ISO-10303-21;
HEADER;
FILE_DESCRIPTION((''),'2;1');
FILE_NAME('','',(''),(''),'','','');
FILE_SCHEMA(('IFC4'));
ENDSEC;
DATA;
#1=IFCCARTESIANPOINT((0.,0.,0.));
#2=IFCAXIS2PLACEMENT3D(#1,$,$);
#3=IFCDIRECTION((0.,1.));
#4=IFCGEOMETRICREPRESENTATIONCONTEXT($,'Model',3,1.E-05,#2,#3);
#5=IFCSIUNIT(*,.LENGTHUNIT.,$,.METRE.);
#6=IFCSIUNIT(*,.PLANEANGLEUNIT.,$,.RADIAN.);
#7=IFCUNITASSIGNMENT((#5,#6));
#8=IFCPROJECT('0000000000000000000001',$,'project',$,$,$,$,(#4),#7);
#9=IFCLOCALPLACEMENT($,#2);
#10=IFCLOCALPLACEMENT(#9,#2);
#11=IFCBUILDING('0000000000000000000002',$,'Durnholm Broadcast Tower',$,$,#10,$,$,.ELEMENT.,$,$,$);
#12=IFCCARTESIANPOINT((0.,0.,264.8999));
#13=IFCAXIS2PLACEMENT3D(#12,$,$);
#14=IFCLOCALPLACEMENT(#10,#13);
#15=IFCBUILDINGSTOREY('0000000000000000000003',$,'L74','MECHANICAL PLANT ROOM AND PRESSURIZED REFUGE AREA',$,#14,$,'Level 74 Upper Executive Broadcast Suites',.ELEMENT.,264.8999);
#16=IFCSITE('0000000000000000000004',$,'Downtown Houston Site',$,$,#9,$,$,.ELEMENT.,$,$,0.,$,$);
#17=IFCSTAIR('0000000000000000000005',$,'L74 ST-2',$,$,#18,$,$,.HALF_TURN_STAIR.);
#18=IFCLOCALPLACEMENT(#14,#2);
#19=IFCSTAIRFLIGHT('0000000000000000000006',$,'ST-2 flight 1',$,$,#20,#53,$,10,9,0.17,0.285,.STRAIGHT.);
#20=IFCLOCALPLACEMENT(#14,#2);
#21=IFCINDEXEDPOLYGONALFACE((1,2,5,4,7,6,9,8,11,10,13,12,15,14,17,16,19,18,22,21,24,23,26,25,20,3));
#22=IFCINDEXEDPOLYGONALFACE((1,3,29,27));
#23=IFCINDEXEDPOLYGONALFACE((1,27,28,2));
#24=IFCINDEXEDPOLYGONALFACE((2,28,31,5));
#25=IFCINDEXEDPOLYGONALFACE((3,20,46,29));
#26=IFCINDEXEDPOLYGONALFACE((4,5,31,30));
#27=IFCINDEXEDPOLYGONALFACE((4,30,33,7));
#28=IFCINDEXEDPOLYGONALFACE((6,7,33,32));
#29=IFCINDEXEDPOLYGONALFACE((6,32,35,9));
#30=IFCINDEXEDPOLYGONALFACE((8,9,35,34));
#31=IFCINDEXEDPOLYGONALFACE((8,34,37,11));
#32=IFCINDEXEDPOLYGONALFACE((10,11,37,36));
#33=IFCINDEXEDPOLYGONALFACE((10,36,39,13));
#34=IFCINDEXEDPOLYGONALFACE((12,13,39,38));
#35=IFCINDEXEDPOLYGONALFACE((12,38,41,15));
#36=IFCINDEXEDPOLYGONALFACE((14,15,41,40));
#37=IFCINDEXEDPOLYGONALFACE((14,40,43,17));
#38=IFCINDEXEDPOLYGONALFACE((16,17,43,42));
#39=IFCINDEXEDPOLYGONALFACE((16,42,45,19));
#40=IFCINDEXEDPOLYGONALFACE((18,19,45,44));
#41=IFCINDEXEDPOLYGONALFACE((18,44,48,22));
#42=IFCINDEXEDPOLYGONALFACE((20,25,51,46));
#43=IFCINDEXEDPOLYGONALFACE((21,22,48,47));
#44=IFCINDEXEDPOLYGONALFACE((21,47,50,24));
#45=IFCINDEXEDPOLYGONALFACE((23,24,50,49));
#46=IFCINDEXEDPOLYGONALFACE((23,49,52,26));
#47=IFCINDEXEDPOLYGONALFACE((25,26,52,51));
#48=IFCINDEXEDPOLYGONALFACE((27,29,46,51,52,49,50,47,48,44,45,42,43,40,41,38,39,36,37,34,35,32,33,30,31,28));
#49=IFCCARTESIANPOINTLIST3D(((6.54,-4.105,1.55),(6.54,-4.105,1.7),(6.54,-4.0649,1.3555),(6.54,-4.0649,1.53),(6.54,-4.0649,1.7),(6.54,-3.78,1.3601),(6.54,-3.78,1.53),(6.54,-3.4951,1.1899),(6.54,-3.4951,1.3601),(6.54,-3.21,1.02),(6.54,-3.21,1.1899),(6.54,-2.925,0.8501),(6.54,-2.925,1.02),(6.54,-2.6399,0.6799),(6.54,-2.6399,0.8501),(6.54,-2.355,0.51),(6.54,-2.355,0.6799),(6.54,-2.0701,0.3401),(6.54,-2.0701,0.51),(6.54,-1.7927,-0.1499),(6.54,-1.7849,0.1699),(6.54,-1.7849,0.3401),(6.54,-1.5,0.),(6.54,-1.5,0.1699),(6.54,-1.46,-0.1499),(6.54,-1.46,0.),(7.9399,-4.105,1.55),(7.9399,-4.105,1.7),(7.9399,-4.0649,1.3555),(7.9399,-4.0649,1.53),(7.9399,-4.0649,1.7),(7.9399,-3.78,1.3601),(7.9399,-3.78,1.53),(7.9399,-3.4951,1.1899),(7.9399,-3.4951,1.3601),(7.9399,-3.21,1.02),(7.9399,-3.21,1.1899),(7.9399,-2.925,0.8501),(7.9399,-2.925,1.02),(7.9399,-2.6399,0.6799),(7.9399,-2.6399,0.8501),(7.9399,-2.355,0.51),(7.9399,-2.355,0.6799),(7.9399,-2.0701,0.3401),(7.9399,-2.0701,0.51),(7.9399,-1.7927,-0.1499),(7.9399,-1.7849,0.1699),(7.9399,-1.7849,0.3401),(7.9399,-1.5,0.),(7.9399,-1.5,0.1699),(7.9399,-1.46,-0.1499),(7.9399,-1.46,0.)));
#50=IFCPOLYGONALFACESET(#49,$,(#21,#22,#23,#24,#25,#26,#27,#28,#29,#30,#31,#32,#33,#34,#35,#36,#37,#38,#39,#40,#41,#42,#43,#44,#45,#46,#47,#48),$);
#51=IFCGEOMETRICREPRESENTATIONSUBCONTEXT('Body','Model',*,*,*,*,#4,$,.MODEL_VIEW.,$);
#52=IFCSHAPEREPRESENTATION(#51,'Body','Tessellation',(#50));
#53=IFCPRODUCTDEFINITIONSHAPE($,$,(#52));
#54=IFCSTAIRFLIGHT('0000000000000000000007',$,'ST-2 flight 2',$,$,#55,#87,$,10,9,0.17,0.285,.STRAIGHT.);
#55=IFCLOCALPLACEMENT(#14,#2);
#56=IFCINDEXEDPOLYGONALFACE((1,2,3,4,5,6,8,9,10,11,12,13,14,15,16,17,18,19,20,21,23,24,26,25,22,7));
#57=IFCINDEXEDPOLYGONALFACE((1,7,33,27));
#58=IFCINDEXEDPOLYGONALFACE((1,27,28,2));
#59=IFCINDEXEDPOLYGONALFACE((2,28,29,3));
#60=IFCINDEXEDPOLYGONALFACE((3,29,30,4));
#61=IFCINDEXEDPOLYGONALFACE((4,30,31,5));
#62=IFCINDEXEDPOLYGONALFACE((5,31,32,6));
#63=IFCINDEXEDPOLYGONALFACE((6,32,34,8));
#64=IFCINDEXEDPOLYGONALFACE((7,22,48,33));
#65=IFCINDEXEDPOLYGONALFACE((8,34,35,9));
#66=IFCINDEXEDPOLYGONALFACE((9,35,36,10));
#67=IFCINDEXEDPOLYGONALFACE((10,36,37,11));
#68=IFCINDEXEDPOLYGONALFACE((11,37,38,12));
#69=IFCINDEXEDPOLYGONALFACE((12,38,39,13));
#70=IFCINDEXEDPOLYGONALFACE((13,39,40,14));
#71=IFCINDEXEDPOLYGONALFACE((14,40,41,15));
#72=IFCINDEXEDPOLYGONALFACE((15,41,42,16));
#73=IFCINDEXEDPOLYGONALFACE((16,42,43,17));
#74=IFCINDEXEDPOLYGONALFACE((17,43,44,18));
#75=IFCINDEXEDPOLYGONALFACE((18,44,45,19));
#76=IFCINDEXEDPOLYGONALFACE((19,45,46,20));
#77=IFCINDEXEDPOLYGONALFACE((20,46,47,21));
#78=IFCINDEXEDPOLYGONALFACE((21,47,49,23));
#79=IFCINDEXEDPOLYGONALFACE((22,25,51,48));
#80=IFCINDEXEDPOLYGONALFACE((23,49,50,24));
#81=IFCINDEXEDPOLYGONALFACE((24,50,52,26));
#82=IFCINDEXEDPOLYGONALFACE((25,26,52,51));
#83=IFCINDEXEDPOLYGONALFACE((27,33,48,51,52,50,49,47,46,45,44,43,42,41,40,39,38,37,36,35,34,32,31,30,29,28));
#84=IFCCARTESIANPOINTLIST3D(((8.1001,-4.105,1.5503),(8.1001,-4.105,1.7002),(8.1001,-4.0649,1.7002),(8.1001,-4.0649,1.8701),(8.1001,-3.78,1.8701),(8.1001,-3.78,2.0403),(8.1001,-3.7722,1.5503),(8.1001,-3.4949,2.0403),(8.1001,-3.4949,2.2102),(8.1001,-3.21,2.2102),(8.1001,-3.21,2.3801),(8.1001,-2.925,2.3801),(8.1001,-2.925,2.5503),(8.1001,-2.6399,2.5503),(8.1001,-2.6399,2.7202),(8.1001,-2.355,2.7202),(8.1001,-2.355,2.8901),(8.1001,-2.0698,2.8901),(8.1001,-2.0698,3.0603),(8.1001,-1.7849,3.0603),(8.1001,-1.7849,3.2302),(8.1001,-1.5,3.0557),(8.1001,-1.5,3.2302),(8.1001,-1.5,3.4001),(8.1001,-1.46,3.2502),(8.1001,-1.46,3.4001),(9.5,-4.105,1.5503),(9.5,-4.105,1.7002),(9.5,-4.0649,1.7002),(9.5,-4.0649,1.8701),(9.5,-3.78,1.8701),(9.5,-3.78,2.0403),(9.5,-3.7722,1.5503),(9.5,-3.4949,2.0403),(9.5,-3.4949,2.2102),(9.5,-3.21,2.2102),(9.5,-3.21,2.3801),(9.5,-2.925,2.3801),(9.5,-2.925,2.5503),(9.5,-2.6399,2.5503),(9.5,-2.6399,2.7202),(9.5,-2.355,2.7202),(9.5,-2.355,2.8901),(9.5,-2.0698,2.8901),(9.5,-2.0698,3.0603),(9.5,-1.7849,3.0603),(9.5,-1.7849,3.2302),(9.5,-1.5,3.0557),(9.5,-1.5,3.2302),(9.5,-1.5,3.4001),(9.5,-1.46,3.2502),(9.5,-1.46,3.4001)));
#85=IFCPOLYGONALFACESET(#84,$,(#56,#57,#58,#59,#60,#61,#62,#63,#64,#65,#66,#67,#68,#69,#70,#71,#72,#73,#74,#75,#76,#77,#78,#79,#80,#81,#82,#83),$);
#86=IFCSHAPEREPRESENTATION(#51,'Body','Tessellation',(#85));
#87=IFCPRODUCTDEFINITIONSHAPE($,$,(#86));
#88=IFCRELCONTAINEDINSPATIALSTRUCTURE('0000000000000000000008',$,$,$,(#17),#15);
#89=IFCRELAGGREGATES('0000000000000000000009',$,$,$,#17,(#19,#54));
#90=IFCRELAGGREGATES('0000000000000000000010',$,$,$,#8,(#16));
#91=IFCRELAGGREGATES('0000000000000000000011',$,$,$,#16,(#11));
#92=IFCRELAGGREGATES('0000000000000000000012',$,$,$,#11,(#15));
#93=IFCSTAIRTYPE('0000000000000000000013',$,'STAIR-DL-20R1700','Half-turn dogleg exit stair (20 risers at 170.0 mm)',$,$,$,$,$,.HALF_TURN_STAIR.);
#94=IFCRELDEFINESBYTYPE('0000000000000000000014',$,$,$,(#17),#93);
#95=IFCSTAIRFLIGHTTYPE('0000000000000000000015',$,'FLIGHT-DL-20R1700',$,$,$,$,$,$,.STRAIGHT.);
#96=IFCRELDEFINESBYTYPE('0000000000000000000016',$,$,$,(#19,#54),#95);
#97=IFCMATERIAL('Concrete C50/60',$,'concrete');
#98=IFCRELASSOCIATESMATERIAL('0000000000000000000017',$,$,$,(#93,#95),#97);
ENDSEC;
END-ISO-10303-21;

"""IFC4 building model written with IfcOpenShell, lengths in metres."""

from ifc_helpers import new_model, si_unit, direction, frame, origin, place, context, subcontext, project, spatial, polyline, outline, extrude, material, type_object, element, aggregate, save


model = new_model("IFC4")

# Units and contexts
model_context = context("Model", 3, precision=1e-05, world=origin(), true_north=direction((0.0, 1.0)))
body_context = subcontext(model_context, "Body", "Model", "MODEL_VIEW")
ifc_project = project(units=[si_unit("LENGTHUNIT", "METRE"), si_unit("PLANEANGLEUNIT", "RADIAN")], contexts=[model_context])

# Site, building, storey
site_placement = place(None, origin())
site = spatial("IfcSite", under=ifc_project, at=site_placement, Name="Downtown Houston Site", CompositionType="ELEMENT", RefElevation=0.0)
building_placement = place(site_placement, origin())
building = spatial("IfcBuilding", under=site, at=building_placement, Name="Durnholm Broadcast Tower", CompositionType="ELEMENT")
storey_placement = place(building_placement, frame((0.0, 0.0, 264.8999)))
storey = spatial("IfcBuildingStorey", under=building, at=storey_placement, Name="L74", Description="MECHANICAL PLANT ROOM AND PRESSURIZED REFUGE AREA", LongName="Level 74 Upper Executive Broadcast Suites", CompositionType="ELEMENT", Elevation=264.8999)

# Shared definitions
ifc_material_1 = material(Name="Concrete C50/60", Category="concrete")

# Stair, stair flights
stair_type = type_object("IfcStairType", Name="STAIR-DL-20R1700", Description="Half-turn dogleg exit stair (20 risers at 170.0 mm)", PredefinedType="HALF_TURN_STAIR", material=ifc_material_1)
stair_placement = place(storey_placement, origin())
stair = element("IfcStair", 1, at=stair_placement, inside=storey, type_object=stair_type, Name="L74 ST-2", PredefinedType="HALF_TURN_STAIR")
stair_flight_type = type_object("IfcStairFlightType", Name="FLIGHT-DL-20R1700", PredefinedType="STRAIGHT", material=ifc_material_1)
stair_flight_1_placement = place(storey_placement, frame((7.24, -1.5, 0.0), z_axis=(0.0, 0.0, 1.0), x_axis=(0.0, -1.0, 0.0)))
stair_flight_1 = element("IfcStairFlight", 2, at=stair_flight_1_placement, type_object=stair_flight_type, Name="ST-2 flight 1", NumberOfRisers=10, NumberOfTreads=9, PredefinedType="STRAIGHT", RiserHeight=0.17, TreadLength=0.285, context=body_context, shape_type="SweptSolid", body=[
    extrude(outline(polyline([(-0.04, -0.1499), (-0.04, 0.0), (0.0, 0.0), (0.0, 0.1699), (0.2849, 0.1699), (0.2849, 0.3401), (0.5701, 0.3401), (0.5701, 0.51), (0.855, 0.51), (0.855, 0.6799), (1.1399, 0.6799), (1.1399, 0.8501), (1.425, 0.8501), (1.425, 1.02), (1.71, 1.02), (1.71, 1.1899), (1.9951, 1.1899), (1.9951, 1.3601), (2.28, 1.3601), (2.28, 1.53), (2.5649, 1.53), (2.5649, 1.7), (2.605, 1.7), (2.605, 1.55), (2.5649, 1.3555), (0.2927, -0.1499), (-0.04, -0.1499)])), frame((0.0, 0.7, 0.0), z_axis=(0.0, -1.0, 0.0), x_axis=(1.0, 0.0, 0.0)), (0.0, 0.0, 1.0), 1.3999),
])
stair_flight_2_placement = place(storey_placement, frame((8.8, -4.0649, 1.7002), z_axis=(0.0, 0.0, 1.0), x_axis=(0.0, 1.0, 0.0)))
stair_flight_2 = element("IfcStairFlight", 3, at=stair_flight_2_placement, type_object=stair_flight_type, Name="ST-2 flight 2", NumberOfRisers=10, NumberOfTreads=9, PredefinedType="STRAIGHT", RiserHeight=0.17, TreadLength=0.285, context=body_context, shape_type="SweptSolid", body=[
    extrude(outline(polyline([(-0.04, -0.1499), (-0.04, 0.0), (0.0, 0.0), (0.0, 0.1699), (0.2849, 0.1699), (0.2849, 0.3401), (0.5701, 0.3401), (0.5701, 0.51), (0.855, 0.51), (0.855, 0.6799), (1.1399, 0.6799), (1.1399, 0.8501), (1.425, 0.8501), (1.425, 1.02), (1.71, 1.02), (1.71, 1.1899), (1.9951, 1.1899), (1.9951, 1.3601), (2.28, 1.3601), (2.28, 1.53), (2.5649, 1.53), (2.5649, 1.7), (2.605, 1.7), (2.605, 1.55), (2.5649, 1.3555), (0.2927, -0.1499), (-0.04, -0.1499)])), frame((0.0, 0.7, 0.0), z_axis=(0.0, -1.0, 0.0), x_axis=(1.0, 0.0, 0.0)), (0.0, 0.0, 1.0), 1.3999),
])
aggregate(stair, [stair_flight_1, stair_flight_2])

save(model, "model.ifc")
